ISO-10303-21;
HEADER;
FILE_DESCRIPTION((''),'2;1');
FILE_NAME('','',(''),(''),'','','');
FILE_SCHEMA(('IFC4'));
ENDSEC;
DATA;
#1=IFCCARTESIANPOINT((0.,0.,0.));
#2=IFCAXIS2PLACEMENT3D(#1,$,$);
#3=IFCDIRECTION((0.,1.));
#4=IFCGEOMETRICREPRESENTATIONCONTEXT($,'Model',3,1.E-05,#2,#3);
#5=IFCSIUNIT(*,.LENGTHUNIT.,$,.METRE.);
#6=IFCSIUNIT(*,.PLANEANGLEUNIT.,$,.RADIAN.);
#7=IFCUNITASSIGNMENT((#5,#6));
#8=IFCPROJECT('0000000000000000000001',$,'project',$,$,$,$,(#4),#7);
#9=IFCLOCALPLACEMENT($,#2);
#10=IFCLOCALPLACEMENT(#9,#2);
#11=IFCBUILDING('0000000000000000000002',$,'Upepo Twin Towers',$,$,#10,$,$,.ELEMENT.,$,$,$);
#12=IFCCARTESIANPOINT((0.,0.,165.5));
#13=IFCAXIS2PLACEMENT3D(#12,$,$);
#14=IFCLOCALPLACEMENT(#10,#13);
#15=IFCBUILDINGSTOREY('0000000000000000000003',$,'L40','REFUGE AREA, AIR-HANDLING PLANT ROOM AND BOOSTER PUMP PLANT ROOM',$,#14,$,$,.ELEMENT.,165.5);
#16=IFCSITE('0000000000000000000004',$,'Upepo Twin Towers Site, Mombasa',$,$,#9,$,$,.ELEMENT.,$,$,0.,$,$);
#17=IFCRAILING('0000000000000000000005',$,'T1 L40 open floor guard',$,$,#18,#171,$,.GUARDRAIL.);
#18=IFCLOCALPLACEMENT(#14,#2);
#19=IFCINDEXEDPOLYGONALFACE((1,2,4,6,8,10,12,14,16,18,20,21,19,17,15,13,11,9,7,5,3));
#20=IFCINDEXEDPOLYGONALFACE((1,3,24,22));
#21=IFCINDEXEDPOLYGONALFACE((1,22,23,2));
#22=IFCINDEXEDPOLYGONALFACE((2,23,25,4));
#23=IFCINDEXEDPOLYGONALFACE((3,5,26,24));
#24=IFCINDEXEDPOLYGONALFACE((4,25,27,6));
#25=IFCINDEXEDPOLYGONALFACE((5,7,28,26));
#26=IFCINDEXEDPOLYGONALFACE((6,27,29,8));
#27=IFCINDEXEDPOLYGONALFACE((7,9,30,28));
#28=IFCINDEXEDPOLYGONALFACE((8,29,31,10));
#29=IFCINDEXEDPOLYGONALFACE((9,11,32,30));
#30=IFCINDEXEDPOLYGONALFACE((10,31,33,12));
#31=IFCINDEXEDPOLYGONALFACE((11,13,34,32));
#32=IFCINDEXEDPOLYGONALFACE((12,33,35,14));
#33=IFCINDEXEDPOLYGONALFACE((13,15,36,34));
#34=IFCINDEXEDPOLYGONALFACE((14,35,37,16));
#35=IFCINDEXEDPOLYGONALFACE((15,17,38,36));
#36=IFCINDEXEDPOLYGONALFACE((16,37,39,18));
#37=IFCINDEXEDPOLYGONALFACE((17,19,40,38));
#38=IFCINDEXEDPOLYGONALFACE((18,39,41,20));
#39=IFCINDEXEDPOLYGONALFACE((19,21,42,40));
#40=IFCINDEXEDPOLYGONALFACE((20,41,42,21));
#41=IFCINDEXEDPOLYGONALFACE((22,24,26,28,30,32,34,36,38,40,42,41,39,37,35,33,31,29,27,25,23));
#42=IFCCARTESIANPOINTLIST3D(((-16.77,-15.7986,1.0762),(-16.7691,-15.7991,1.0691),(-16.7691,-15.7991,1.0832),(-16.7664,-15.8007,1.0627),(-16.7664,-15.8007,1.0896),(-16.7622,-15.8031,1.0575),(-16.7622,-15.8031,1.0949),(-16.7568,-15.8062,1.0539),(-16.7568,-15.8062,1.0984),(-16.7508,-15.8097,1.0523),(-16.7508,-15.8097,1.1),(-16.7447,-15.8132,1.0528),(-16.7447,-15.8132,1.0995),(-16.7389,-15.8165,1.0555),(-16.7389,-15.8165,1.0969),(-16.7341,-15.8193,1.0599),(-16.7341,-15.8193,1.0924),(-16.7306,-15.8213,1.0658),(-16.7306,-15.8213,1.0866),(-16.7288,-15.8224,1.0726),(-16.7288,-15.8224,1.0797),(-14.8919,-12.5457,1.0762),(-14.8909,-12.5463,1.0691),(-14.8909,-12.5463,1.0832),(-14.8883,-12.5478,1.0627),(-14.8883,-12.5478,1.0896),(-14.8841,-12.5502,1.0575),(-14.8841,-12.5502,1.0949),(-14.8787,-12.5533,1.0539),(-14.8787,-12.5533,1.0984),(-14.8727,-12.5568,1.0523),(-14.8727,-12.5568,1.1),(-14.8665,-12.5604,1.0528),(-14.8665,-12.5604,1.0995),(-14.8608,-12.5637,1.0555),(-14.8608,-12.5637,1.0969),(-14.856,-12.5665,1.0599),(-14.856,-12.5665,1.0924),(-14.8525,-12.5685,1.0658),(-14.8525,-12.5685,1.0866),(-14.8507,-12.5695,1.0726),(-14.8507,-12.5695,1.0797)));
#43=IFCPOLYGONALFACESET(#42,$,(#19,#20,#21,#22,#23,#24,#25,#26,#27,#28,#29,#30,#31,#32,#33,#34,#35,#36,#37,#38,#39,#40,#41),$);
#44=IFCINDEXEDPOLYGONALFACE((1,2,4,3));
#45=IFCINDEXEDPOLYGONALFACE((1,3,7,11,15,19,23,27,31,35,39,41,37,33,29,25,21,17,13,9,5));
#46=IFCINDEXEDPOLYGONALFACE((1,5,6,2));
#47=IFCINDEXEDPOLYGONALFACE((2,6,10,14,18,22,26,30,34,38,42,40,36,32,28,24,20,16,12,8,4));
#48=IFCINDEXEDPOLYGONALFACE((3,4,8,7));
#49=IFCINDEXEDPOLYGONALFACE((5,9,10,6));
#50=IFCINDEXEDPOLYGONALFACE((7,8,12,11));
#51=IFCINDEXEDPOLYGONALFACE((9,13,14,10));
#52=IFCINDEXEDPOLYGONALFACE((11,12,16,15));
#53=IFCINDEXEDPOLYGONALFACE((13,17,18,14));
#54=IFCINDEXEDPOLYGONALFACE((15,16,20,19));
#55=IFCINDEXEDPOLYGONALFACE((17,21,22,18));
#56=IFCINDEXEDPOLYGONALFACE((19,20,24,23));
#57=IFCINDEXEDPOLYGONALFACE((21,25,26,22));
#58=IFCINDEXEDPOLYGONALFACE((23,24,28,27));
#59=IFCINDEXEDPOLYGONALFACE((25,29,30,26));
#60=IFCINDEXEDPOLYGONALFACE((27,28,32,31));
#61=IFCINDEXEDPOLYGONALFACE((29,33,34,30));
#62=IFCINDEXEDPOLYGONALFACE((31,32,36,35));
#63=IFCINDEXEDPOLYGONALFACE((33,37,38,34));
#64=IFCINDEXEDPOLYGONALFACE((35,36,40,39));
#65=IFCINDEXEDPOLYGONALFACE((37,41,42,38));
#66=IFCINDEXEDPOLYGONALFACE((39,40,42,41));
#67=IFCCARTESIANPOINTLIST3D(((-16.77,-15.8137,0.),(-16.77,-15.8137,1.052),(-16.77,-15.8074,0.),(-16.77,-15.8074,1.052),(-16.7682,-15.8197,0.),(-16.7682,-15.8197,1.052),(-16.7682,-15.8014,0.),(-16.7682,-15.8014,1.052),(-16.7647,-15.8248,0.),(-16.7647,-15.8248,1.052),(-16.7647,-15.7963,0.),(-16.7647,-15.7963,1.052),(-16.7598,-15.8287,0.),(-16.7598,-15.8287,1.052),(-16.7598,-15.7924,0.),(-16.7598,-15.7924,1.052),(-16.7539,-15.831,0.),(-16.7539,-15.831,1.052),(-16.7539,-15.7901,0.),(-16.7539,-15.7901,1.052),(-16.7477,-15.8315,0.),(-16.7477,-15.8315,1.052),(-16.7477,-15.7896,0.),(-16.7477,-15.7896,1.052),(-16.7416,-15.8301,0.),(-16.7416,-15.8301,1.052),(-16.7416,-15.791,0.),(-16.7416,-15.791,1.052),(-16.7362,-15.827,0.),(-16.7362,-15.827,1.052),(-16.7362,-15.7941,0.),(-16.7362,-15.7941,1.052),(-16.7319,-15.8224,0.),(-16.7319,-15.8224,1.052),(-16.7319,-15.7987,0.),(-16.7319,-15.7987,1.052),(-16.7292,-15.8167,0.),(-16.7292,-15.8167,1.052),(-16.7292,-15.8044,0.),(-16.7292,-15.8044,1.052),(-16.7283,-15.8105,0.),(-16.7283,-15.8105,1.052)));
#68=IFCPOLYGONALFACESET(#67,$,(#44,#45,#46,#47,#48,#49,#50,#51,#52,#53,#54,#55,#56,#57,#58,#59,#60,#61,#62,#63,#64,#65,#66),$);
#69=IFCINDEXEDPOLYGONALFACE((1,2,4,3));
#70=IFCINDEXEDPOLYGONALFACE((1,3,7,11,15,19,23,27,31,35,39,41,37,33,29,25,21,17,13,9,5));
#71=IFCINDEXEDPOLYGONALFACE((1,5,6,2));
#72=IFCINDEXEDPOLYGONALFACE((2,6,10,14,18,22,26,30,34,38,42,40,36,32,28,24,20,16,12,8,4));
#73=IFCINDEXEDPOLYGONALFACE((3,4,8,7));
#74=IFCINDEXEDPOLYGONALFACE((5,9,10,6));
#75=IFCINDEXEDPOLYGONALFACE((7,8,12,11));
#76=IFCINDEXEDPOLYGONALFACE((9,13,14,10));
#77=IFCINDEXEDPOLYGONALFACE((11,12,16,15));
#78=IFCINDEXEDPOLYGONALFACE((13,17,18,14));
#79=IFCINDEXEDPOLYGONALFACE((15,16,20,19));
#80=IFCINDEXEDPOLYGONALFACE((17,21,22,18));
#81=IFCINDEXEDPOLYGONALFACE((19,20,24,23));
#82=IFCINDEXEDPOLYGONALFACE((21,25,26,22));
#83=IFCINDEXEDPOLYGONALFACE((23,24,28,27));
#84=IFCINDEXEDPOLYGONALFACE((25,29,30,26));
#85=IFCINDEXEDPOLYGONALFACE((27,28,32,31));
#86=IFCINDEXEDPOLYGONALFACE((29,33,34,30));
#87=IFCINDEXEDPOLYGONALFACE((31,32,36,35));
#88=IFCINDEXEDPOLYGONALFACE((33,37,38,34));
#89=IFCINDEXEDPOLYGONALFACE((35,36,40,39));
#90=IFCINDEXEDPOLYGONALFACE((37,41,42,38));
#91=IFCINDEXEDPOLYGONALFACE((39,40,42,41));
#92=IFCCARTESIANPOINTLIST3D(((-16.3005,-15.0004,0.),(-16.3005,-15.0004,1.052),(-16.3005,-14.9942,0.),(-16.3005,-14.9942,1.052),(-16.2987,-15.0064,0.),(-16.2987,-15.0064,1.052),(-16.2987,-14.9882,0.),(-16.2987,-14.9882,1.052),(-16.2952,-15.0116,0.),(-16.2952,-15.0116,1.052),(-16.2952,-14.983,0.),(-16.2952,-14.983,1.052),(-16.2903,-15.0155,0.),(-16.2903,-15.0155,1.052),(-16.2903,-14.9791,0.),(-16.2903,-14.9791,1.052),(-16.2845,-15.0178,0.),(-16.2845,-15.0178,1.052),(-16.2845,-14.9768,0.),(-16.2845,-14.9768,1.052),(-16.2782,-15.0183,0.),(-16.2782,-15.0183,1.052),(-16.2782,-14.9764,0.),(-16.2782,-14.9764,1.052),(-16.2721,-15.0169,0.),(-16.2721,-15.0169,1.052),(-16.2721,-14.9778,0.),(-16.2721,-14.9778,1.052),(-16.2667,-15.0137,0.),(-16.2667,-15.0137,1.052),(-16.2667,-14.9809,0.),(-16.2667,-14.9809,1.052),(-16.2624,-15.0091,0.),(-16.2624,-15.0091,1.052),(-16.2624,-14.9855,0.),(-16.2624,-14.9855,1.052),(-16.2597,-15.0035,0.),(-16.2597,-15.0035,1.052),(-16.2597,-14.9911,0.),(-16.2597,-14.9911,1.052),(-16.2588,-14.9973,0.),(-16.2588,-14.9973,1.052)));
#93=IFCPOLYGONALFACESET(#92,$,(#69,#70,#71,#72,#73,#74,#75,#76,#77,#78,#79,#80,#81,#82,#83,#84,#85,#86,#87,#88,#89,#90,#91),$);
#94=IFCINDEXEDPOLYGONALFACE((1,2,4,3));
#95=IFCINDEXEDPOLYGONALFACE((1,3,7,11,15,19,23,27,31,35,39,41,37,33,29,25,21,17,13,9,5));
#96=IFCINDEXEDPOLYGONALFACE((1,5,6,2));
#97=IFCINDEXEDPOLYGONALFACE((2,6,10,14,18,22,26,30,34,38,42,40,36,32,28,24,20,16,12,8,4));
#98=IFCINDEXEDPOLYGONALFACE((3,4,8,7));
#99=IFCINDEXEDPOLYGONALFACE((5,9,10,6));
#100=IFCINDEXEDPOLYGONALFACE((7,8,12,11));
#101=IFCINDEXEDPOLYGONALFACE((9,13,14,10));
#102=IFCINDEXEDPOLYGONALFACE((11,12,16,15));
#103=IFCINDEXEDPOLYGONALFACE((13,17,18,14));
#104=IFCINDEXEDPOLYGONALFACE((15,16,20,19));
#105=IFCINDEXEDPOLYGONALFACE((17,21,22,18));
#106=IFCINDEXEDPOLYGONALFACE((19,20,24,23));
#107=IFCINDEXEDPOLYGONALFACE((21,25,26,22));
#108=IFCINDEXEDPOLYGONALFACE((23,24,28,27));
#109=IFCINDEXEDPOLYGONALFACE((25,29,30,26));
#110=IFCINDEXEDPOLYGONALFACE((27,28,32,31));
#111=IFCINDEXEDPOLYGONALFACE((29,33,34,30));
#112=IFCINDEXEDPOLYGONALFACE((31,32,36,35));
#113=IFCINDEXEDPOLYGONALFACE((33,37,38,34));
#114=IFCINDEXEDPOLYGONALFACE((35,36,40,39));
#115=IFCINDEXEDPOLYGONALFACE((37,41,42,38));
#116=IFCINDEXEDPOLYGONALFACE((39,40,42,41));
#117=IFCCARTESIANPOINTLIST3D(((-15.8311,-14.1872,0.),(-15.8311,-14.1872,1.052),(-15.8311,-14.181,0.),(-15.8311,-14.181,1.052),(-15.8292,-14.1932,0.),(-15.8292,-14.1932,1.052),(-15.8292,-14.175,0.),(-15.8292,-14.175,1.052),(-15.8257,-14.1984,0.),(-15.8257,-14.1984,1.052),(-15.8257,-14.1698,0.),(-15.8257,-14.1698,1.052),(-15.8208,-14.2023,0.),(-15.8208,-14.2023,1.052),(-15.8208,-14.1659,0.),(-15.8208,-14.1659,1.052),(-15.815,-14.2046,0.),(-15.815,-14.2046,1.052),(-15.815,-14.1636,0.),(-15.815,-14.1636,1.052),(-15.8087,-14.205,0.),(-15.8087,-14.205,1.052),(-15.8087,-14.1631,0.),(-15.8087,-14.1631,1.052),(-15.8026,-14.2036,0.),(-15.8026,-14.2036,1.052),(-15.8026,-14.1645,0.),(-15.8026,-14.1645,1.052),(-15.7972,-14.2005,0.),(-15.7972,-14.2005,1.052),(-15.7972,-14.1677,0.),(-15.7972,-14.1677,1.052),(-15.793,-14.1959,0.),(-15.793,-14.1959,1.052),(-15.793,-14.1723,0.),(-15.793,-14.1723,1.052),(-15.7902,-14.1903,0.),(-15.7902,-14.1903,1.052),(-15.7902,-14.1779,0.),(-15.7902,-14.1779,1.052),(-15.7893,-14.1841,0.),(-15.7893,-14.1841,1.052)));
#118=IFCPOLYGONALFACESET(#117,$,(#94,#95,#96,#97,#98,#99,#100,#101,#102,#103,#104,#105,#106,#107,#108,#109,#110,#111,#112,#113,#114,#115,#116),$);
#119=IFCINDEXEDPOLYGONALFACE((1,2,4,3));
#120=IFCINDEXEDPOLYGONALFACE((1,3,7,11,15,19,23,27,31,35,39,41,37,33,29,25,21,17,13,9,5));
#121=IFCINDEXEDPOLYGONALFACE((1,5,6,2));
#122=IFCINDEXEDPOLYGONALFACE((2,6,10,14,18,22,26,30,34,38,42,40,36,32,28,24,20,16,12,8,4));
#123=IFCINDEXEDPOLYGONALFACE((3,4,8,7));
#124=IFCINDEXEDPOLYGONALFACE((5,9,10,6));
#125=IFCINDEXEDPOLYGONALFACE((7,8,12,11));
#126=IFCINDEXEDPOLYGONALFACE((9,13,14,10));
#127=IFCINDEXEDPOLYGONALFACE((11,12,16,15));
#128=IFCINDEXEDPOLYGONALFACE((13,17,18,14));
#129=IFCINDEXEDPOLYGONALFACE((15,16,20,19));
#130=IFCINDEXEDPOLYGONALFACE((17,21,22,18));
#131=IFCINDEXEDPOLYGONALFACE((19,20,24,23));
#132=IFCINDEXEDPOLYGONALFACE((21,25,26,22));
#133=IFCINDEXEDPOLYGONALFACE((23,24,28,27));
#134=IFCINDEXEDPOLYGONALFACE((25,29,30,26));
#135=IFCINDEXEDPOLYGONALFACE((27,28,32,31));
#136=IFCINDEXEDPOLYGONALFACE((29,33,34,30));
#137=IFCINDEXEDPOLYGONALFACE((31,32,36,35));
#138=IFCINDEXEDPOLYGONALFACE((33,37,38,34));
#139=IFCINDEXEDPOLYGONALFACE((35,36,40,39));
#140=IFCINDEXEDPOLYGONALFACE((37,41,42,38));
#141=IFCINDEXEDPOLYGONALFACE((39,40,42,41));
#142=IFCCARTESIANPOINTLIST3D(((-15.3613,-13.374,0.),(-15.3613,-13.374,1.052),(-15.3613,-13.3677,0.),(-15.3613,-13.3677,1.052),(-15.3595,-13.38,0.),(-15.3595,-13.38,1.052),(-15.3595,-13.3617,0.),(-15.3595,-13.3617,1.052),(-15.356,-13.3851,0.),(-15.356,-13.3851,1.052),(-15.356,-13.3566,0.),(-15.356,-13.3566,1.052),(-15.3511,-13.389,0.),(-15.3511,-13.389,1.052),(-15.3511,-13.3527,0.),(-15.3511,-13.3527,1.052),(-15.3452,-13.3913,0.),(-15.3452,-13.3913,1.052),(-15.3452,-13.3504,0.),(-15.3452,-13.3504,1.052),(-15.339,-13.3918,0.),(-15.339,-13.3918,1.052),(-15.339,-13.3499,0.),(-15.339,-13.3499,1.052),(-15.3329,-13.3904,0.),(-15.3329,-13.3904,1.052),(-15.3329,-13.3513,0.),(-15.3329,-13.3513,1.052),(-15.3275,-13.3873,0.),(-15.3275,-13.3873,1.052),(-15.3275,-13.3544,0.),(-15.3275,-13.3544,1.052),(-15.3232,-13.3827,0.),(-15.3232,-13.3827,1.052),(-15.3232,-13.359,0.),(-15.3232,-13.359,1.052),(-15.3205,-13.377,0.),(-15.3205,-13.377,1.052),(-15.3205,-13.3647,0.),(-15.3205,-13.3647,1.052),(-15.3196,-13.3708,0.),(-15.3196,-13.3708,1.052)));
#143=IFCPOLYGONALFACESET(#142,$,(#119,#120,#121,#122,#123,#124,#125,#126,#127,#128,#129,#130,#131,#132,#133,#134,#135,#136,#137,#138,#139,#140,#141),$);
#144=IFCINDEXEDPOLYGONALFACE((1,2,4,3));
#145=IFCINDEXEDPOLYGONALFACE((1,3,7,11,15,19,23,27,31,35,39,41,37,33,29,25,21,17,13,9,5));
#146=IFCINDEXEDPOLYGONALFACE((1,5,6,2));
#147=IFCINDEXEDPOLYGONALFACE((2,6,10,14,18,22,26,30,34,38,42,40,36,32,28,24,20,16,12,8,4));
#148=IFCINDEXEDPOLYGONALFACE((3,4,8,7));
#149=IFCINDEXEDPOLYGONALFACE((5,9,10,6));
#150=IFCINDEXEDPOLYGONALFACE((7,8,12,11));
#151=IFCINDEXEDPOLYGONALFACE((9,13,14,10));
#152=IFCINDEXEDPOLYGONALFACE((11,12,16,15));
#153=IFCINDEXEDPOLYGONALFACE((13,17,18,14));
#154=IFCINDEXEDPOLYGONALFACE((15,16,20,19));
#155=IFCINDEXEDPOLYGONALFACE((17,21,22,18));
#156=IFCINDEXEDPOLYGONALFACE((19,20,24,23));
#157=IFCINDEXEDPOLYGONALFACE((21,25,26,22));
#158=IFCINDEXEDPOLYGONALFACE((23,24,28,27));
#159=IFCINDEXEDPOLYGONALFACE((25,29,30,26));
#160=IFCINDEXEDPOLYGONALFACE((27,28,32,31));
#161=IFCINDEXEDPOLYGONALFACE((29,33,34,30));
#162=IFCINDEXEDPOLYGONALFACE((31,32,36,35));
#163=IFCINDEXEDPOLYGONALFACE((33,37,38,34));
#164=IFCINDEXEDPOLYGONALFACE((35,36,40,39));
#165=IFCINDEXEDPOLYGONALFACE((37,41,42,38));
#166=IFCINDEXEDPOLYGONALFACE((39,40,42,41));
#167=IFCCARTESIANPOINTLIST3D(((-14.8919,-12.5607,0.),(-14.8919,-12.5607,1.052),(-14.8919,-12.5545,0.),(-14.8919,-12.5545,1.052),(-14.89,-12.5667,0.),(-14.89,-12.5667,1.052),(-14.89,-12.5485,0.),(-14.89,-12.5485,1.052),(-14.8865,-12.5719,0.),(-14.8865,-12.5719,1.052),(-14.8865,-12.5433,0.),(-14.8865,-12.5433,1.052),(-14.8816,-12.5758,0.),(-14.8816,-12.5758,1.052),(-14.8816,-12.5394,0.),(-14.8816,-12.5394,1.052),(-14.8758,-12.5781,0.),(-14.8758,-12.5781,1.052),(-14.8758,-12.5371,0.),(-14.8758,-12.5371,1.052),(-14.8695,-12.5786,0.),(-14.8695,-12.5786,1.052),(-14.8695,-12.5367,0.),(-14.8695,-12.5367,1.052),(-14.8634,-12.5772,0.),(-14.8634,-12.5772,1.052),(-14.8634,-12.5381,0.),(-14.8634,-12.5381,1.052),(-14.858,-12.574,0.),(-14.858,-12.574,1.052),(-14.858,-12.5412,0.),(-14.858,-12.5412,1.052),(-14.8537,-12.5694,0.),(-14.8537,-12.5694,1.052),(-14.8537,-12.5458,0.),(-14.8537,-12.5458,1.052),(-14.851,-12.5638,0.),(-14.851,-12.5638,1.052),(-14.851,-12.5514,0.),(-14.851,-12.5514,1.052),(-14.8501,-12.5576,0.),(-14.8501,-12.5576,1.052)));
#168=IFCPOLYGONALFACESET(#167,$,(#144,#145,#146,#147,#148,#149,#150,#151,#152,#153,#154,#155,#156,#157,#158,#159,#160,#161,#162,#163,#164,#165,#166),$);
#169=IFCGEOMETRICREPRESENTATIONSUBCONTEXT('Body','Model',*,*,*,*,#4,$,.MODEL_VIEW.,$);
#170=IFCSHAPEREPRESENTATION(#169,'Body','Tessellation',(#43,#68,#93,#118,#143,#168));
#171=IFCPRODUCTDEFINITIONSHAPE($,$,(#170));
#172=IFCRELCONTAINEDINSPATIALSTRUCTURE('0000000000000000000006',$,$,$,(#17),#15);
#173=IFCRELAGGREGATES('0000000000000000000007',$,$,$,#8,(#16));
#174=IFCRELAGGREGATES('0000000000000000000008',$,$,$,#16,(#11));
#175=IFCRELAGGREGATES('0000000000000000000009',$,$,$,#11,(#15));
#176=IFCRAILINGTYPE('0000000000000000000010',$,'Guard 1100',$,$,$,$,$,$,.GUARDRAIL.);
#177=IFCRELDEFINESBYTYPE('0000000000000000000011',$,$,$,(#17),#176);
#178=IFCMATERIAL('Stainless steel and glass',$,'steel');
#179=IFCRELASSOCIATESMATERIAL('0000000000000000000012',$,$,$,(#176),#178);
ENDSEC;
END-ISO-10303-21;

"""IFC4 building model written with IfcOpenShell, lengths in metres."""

from ifc_helpers import new_model, si_unit, direction, frame, origin, origin_2d, place, context, subcontext, project, spatial, circle, extrude, material, type_object, element, save


model = new_model("IFC4")

# Units and contexts
model_context = context("Model", 3, precision=1e-05, world=origin(), true_north=direction((0.0, 1.0)))
body_context = subcontext(model_context, "Body", "Model", "MODEL_VIEW")
ifc_project = project(units=[si_unit("LENGTHUNIT", "METRE"), si_unit("PLANEANGLEUNIT", "RADIAN")], contexts=[model_context])

# Site, building, storey
site_placement = place(None, origin())
site = spatial("IfcSite", under=ifc_project, at=site_placement, Name="Upepo Twin Towers Site, Mombasa", CompositionType="ELEMENT", RefElevation=0.0)
building_placement = place(site_placement, origin())
building = spatial("IfcBuilding", under=site, at=building_placement, Name="Upepo Twin Towers", CompositionType="ELEMENT")
storey_placement = place(building_placement, frame((0.0, 0.0, 165.5)))
storey = spatial("IfcBuildingStorey", under=building, at=storey_placement, Name="L40", Description="REFUGE AREA, AIR-HANDLING PLANT ROOM AND BOOSTER PUMP PLANT ROOM", CompositionType="ELEMENT", Elevation=165.5)

# Railing
ifc_material_1 = material(Name="Stainless steel and glass", Category="steel")
railing_type = type_object("IfcRailingType", Name="Guard 1100", PredefinedType="GUARDRAIL", material=ifc_material_1)
railing_1_placement = place(storey_placement, frame((-16.7493, -15.8105, 0.0)))
element("IfcRailing", 1, at=railing_1_placement, inside=storey, type_object=railing_type, Name="T1 L40 open floor guard", PredefinedType="GUARDRAIL", context=body_context, shape_type="SweptSolid", body=[
    extrude(circle(Radius=0.0239, at=origin_2d()), frame((0.0, 0.0, 1.0762), z_axis=(0.500019, 0.866015, 0.0), x_axis=(-0.866015, 0.500019, 0.0)), (0.0, 0.0, 1.0), 3.7561),
    extrude(circle(Radius=0.021, at=origin_2d()), origin(), (0.0, 0.0, 1.0), 1.052),
    extrude(circle(Radius=0.021, at=origin_2d()), frame((0.4695, 0.8132, 0.0)), (0.0, 0.0, 1.0), 1.052),
    extrude(circle(Radius=0.021, at=origin_2d()), frame((0.939, 1.6265, 0.0)), (0.0, 0.0, 1.0), 1.052),
    extrude(circle(Radius=0.021, at=origin_2d()), frame((1.4087, 2.4397, 0.0)), (0.0, 0.0, 1.0), 1.052),
    extrude(circle(Radius=0.021, at=origin_2d()), frame((1.8782, 3.2529, 0.0)), (0.0, 0.0, 1.0), 1.052),
])

save(model, "model.ifc")
